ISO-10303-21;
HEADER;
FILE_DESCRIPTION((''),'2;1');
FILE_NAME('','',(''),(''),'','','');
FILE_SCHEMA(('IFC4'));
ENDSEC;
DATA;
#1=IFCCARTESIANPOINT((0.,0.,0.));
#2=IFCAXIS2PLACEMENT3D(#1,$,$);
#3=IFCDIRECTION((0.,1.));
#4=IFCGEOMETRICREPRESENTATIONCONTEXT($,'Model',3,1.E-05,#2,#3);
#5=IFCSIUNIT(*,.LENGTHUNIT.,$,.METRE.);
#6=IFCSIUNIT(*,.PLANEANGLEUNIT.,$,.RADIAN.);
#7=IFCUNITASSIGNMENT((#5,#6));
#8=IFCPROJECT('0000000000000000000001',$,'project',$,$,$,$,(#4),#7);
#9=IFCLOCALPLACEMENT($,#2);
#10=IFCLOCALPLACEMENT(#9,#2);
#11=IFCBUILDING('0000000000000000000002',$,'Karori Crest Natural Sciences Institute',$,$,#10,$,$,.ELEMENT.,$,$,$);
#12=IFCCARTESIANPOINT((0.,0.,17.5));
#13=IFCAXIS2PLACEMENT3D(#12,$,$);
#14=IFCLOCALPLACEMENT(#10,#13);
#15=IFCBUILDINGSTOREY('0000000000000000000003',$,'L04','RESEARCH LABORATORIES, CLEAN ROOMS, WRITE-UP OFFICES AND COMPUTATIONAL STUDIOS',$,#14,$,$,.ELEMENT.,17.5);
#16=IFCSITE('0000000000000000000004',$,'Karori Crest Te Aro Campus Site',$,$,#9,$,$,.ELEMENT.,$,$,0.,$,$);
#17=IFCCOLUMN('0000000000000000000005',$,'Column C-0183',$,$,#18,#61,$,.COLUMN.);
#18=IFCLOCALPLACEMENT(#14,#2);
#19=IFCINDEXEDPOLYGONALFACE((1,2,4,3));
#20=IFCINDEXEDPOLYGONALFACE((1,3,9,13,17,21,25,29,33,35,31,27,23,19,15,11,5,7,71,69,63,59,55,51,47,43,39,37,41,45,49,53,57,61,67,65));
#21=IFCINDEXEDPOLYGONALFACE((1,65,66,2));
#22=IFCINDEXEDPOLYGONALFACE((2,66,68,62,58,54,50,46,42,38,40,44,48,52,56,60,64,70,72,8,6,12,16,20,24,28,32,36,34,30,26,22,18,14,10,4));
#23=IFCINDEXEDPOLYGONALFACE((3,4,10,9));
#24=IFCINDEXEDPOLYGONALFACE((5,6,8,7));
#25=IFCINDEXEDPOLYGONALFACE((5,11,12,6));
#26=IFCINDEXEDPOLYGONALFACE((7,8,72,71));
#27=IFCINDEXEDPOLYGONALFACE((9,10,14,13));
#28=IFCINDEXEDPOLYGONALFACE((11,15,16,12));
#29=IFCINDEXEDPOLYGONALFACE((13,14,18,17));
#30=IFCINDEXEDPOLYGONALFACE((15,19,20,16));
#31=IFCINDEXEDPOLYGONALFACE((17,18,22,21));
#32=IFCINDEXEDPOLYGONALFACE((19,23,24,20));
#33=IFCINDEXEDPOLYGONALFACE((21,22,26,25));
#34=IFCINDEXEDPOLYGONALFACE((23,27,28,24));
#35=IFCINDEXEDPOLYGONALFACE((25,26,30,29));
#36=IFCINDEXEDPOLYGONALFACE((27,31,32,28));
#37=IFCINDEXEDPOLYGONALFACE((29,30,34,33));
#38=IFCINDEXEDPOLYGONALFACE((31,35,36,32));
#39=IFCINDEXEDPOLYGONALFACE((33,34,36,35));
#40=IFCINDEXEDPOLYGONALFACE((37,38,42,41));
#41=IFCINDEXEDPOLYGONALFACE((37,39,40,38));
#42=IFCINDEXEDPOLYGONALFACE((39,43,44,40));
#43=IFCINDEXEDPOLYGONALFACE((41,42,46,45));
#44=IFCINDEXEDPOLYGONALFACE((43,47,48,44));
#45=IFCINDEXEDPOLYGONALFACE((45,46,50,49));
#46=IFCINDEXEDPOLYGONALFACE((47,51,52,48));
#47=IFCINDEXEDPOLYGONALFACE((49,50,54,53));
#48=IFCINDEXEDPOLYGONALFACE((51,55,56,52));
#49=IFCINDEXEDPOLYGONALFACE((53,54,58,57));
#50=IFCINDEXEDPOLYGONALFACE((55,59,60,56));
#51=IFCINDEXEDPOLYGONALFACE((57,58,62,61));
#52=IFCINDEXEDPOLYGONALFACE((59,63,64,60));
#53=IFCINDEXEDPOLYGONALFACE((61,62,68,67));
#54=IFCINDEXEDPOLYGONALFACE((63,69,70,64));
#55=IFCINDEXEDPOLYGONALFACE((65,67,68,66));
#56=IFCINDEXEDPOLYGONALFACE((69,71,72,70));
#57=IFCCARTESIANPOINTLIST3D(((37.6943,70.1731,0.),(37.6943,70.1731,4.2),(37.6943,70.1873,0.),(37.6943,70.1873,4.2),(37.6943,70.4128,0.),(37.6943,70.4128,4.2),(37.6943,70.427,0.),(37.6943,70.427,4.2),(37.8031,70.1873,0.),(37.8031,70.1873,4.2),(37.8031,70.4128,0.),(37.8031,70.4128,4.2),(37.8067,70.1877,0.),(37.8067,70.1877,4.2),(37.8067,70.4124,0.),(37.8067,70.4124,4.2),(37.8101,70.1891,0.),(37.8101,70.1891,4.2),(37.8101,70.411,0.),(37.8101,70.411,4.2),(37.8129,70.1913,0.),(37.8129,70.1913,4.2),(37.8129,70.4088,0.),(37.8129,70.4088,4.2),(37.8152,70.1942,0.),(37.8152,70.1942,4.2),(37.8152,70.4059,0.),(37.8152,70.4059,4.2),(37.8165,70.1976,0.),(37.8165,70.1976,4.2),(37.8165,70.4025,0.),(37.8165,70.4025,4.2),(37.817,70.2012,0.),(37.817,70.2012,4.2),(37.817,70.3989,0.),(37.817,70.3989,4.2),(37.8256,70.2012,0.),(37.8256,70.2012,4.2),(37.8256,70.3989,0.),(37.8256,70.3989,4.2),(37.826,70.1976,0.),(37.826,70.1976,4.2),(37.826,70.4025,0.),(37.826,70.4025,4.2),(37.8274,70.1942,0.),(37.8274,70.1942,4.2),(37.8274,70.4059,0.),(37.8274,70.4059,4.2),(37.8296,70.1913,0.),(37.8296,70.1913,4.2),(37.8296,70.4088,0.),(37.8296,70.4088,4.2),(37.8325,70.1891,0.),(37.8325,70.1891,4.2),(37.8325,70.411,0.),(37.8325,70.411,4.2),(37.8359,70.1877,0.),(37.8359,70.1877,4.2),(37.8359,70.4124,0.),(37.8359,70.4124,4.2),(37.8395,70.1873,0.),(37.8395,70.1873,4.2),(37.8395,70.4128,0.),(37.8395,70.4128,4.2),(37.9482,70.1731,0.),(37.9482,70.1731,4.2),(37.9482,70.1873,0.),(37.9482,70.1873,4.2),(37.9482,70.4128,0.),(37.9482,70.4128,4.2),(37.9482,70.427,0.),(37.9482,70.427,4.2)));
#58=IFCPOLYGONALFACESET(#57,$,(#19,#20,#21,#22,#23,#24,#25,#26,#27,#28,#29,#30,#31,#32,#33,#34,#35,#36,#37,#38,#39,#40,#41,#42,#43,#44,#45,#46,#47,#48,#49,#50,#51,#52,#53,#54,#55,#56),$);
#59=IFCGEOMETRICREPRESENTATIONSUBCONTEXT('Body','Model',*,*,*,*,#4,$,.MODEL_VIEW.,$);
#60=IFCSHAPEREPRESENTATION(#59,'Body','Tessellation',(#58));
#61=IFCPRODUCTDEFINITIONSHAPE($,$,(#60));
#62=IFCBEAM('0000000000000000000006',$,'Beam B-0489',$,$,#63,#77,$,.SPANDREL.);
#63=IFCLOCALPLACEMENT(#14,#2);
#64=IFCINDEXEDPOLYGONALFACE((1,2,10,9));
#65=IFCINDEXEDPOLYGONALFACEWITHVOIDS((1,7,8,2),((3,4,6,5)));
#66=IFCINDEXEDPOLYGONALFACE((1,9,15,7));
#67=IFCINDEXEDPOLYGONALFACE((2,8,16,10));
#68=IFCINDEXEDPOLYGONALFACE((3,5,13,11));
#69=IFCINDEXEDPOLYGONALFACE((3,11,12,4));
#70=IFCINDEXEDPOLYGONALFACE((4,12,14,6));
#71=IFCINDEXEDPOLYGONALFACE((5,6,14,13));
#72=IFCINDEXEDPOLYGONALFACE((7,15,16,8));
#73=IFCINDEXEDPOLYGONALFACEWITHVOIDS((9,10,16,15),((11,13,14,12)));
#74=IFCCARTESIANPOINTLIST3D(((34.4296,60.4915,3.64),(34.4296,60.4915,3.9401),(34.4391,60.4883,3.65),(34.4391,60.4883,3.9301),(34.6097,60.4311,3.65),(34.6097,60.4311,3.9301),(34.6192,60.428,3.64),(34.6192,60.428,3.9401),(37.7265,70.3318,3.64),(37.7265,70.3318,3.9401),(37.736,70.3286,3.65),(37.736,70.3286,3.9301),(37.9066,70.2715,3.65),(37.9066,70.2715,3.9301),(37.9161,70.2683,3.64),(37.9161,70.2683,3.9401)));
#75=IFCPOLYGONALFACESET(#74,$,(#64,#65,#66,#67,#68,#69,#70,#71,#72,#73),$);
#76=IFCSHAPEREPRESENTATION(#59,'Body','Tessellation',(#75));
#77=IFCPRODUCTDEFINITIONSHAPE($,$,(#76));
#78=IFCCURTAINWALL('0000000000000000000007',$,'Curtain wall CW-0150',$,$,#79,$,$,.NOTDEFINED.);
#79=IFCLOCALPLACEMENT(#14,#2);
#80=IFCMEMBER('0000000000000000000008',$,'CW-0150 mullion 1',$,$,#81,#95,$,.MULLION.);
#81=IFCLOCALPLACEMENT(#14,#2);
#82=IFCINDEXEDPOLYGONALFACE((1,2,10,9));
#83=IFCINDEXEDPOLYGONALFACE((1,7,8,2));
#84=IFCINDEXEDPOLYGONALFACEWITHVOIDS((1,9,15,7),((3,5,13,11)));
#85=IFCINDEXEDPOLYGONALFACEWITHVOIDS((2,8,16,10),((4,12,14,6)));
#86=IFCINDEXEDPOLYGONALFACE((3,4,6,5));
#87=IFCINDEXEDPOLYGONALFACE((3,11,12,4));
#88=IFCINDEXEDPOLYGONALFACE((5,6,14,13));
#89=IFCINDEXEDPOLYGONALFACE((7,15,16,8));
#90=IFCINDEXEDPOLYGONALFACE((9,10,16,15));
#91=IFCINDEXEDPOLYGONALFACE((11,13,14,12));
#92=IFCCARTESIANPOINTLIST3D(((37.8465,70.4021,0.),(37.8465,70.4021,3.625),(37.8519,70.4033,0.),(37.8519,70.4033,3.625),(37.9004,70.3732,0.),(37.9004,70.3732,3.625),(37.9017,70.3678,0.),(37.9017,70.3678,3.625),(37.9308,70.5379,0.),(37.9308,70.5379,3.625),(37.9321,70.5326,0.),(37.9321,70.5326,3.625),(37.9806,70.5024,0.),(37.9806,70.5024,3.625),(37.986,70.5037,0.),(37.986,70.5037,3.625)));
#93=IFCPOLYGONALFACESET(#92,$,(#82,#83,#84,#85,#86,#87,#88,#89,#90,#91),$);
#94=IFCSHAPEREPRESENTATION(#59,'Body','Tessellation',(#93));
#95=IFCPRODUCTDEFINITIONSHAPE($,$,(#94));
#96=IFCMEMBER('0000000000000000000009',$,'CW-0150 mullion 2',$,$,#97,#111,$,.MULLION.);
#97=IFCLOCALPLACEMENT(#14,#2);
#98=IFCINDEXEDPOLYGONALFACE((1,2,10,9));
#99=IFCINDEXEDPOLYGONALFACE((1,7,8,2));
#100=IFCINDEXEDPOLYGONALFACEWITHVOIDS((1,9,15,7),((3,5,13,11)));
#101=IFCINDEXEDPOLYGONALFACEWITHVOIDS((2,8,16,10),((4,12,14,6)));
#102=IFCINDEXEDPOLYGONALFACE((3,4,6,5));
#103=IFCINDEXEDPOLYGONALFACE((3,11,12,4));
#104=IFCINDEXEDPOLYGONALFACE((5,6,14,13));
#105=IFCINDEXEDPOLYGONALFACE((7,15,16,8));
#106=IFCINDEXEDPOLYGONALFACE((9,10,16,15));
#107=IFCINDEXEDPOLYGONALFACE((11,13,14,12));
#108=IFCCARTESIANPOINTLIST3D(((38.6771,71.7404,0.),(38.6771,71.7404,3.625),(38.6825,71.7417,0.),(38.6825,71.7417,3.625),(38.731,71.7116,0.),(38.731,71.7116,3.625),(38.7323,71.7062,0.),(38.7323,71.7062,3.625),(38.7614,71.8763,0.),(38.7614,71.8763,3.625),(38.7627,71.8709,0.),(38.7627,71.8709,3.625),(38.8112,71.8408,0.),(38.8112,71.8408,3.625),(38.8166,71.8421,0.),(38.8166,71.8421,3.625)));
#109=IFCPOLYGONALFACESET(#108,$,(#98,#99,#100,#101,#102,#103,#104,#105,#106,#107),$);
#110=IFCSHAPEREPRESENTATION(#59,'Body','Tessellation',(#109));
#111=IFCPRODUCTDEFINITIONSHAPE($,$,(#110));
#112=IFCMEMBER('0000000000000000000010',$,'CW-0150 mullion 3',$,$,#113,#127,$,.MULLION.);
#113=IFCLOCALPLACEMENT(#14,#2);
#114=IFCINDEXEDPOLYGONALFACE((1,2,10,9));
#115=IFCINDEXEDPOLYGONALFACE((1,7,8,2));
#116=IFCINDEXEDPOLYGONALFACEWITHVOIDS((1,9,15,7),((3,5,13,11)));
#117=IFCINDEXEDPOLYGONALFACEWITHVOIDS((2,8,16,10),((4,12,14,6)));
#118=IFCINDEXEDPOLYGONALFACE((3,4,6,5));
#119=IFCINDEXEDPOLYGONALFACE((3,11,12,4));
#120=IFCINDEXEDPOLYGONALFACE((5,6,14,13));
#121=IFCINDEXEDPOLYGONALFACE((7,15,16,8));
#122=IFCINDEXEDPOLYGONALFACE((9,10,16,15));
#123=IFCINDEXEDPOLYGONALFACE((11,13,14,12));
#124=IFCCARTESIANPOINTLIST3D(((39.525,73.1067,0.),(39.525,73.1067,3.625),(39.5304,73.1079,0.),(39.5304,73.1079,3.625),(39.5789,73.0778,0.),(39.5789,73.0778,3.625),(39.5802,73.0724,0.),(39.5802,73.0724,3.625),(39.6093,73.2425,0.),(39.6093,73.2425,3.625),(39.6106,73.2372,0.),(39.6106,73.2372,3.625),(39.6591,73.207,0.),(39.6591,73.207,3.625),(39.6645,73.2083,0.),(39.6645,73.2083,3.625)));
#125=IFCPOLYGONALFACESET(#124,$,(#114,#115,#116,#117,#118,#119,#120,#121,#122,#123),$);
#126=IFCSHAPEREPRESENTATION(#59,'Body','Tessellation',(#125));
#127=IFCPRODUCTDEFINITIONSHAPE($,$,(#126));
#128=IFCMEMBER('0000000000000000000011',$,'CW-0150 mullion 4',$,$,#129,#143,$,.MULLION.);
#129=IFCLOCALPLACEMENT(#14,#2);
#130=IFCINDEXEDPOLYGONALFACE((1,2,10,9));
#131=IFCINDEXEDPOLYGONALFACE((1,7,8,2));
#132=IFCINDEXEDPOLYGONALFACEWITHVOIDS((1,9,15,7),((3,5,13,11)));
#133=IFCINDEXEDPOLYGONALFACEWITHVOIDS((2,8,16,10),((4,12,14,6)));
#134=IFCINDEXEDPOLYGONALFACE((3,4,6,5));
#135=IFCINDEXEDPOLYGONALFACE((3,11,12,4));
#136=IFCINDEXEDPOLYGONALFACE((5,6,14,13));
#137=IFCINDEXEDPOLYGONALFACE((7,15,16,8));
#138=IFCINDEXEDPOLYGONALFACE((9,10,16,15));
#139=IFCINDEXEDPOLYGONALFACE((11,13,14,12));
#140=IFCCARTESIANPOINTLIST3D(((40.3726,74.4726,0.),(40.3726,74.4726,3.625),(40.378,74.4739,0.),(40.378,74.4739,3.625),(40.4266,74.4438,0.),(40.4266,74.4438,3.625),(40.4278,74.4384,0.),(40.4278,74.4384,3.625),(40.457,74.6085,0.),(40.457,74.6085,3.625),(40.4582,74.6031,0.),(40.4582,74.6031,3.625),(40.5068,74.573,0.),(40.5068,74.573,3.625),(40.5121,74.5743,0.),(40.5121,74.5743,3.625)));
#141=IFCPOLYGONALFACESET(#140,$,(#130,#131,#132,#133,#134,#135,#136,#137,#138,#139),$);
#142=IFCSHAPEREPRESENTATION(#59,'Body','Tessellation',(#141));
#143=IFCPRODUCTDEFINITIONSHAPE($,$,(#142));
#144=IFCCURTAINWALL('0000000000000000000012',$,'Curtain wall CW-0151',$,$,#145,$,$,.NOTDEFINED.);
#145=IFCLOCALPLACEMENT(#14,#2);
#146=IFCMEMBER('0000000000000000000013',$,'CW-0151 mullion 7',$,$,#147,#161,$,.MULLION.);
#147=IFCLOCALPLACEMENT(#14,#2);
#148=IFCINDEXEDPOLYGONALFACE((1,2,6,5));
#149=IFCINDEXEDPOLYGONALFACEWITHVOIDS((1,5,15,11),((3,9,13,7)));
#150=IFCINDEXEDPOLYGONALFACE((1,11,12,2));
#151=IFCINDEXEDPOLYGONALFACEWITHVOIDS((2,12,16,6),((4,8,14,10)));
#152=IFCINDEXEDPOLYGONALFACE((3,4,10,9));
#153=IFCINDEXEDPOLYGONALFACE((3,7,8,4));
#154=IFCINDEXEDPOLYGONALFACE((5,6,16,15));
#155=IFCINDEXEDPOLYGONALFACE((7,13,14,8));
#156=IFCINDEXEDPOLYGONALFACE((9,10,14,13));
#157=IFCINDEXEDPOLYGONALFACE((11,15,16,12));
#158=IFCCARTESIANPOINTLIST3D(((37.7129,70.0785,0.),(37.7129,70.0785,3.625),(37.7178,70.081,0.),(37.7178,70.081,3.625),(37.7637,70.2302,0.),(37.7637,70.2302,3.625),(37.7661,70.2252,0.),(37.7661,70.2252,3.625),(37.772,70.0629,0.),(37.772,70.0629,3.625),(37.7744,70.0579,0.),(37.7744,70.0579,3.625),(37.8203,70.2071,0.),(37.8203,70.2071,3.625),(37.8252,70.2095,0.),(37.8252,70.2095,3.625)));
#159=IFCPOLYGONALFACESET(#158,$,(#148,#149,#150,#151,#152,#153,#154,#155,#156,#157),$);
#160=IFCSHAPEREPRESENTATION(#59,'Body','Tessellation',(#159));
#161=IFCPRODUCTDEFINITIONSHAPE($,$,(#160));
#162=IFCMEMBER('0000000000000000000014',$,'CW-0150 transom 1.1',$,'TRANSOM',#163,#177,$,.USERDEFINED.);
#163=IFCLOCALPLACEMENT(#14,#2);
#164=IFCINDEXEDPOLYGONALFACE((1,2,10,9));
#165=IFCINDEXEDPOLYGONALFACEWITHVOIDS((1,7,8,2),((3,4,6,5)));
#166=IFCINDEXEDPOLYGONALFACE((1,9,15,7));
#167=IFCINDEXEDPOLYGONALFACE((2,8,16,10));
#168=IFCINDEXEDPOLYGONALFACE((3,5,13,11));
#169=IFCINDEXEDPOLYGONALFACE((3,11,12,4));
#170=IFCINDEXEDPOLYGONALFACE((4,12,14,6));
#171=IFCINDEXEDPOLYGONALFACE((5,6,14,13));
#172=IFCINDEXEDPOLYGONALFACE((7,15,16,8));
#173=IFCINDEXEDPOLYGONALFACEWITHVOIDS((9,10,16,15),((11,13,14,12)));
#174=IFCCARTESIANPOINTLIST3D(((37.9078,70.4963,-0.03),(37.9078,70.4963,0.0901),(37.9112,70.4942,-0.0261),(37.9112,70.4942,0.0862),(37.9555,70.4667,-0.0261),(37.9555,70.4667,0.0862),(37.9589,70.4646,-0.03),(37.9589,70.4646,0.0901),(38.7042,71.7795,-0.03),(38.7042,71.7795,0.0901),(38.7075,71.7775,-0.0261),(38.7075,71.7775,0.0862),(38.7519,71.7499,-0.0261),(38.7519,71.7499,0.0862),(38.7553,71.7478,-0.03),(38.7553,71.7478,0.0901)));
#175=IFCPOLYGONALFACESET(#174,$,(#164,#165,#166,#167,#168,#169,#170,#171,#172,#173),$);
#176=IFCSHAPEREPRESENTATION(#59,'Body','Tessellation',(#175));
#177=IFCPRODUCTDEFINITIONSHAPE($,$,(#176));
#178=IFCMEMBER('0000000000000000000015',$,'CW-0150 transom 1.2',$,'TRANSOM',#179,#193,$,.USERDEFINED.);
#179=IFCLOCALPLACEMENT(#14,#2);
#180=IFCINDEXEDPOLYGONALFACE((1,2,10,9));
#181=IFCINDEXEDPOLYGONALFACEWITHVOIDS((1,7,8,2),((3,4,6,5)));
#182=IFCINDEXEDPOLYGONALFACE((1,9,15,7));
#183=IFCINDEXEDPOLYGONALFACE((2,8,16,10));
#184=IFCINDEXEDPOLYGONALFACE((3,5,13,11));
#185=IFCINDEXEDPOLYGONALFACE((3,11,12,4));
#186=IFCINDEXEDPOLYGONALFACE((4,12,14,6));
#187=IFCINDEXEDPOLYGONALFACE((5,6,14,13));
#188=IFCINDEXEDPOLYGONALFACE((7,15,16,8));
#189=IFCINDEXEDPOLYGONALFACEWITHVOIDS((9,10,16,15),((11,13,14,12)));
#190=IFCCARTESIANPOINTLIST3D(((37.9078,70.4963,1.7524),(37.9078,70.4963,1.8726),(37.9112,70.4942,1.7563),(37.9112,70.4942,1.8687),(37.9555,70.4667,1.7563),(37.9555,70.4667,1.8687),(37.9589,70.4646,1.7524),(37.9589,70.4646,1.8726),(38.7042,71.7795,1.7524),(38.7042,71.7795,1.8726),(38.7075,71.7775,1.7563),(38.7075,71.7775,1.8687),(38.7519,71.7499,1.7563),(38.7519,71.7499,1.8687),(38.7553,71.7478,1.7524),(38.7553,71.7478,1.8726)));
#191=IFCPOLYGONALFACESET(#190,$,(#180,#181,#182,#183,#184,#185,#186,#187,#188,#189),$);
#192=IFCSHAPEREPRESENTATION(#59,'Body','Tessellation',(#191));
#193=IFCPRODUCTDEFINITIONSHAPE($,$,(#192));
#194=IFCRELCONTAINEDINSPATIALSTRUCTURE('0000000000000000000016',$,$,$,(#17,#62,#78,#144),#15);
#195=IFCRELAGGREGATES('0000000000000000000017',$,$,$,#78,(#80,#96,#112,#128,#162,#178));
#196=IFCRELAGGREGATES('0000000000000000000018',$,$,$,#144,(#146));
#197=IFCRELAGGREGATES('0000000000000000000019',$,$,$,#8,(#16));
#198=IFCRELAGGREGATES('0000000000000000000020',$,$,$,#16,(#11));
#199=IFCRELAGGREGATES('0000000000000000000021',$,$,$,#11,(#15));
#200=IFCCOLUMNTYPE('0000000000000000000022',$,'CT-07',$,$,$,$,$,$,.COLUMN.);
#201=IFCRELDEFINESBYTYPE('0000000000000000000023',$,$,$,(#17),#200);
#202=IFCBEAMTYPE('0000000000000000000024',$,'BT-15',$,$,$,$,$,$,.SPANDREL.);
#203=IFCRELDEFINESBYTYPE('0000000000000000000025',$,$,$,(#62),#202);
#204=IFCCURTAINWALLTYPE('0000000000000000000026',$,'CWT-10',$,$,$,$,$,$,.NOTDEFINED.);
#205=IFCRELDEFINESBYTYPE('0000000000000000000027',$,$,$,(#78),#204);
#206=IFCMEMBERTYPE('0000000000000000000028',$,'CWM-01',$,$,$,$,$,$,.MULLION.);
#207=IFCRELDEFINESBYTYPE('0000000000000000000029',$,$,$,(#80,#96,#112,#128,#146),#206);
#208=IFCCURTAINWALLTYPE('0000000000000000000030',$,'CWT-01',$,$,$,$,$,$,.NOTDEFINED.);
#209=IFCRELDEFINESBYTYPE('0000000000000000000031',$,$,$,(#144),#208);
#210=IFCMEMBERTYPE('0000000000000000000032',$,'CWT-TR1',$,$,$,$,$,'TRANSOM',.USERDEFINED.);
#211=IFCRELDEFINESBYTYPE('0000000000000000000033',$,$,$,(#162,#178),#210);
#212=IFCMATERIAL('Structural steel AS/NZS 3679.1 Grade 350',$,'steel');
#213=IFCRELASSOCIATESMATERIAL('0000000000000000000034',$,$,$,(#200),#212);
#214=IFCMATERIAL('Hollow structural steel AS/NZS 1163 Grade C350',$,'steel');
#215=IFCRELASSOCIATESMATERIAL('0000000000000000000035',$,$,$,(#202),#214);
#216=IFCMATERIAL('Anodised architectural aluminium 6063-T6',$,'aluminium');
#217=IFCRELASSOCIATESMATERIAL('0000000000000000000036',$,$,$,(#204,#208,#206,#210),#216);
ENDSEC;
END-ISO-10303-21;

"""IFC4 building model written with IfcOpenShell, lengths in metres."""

from ifc_helpers import new_model, si_unit, direction, frame, origin, origin_2d, place, context, subcontext, project, spatial, hollow_rectangle, i_section, extrude, material, material_profile, profile_set, type_object, element, aggregate, save


model = new_model("IFC4")

# Units and contexts
model_context = context("Model", 3, precision=1e-05, world=origin(), true_north=direction((0.0, 1.0)))
body_context = subcontext(model_context, "Body", "Model", "MODEL_VIEW")
ifc_project = project(units=[si_unit("LENGTHUNIT", "METRE"), si_unit("PLANEANGLEUNIT", "RADIAN")], contexts=[model_context])

# Site, building, storey
site_placement = place(None, origin())
site = spatial("IfcSite", under=ifc_project, at=site_placement, Name="Karori Crest Te Aro Campus Site", CompositionType="ELEMENT", RefElevation=0.0)
building_placement = place(site_placement, origin())
building = spatial("IfcBuilding", under=site, at=building_placement, Name="Karori Crest Natural Sciences Institute", CompositionType="ELEMENT")
storey_placement = place(building_placement, frame((0.0, 0.0, 17.5)))
storey = spatial("IfcBuildingStorey", under=building, at=storey_placement, Name="L04", Description="RESEARCH LABORATORIES, CLEAN ROOMS, WRITE-UP OFFICES AND COMPUTATIONAL STUDIOS", CompositionType="ELEMENT", Elevation=17.5)

# Column
ifc_material_1 = material(Name="Structural steel AS/NZS 3679.1 Grade 350", Category="steel")
ifc_material_profile_1 = material_profile(ifc_material_1, i_section(OverallWidth=0.2539, OverallDepth=0.2539, WebThickness=0.0085, FlangeThickness=0.0142, FilletRadius=0.0139, at=origin_2d()), Name="250UC72.9")
ifc_profile_set_1 = profile_set([ifc_material_profile_1], Name="Structural steel AS/NZS 3679.1 Grade 350")
column_type = type_object("IfcColumnType", Name="CT-07", PredefinedType="COLUMN", material=ifc_profile_set_1)
column_placement = place(storey_placement, frame((37.8213, 70.3, 0.0), z_axis=(0.0, 0.0, 1.0), x_axis=(1.0, 0.0, 0.0)))
element("IfcColumn", 1, at=column_placement, inside=storey, type_object=column_type, Name="Column C-0183", PredefinedType="COLUMN", context=body_context, shape_type="SweptSolid", body=[
    extrude(i_section(OverallWidth=0.2539, OverallDepth=0.2539, WebThickness=0.0085, FlangeThickness=0.0142, FilletRadius=0.0139, at=origin_2d()), origin(), (0.0, 0.0, 1.0), 4.2),
])

# Beam
ifc_material_2 = material(Name="Hollow structural steel AS/NZS 1163 Grade C350", Category="steel")
ifc_material_profile_2 = material_profile(ifc_material_2, hollow_rectangle(XDim=0.2, YDim=0.3, WallThickness=0.01, at=origin_2d()), Name="RHS300x200x10")
ifc_profile_set_2 = profile_set([ifc_material_profile_2], Name="Hollow structural steel AS/NZS 1163 Grade C350")
beam_type = type_object("IfcBeamType", Name="BT-15", PredefinedType="SPANDREL", material=ifc_profile_set_2)
beam_placement = place(storey_placement, frame((37.8213, 70.3, 3.79), z_axis=(-0.317681, -0.948198, 0.0), x_axis=(0.948198, -0.317681, 0.0)))
element("IfcBeam", 2, at=beam_placement, inside=storey, type_object=beam_type, Name="Beam B-0489", PredefinedType="SPANDREL", context=body_context, shape_type="SweptSolid", body=[
    extrude(hollow_rectangle(XDim=0.2, YDim=0.3, WallThickness=0.01, at=origin_2d()), origin(), (0.0, 0.0, 1.0), 10.3779),
])

# Curtain wall, members
ifc_material_3 = material(Name="Anodised architectural aluminium 6063-T6", Category="aluminium")
curtain_wall_type_1 = type_object("IfcCurtainWallType", Name="CWT-10", PredefinedType="NOTDEFINED", material=ifc_material_3)
curtain_wall_1_placement = place(storey_placement, origin())
curtain_wall_1 = element("IfcCurtainWall", 3, at=curtain_wall_1_placement, inside=storey, type_object=curtain_wall_type_1, Name="Curtain wall CW-0150", PredefinedType="NOTDEFINED")
ifc_material_profile_3 = material_profile(ifc_material_3, hollow_rectangle(XDim=0.0649, YDim=0.1599, WallThickness=0.0039, at=origin_2d()), Name="CWM160x65x4")
ifc_profile_set_3 = profile_set([ifc_material_profile_3], Name="Anodised architectural aluminium 6063-T6")
member_type_1 = type_object("IfcMemberType", Name="CWM-01", PredefinedType="MULLION", material=ifc_profile_set_3)
member_1_placement = place(storey_placement, frame((37.9163, 70.4529, 0.0), z_axis=(0.0, 0.0, 1.0), x_axis=(-0.849664, 0.527324, 0.0)))
member_1 = element("IfcMember", 4, at=member_1_placement, type_object=member_type_1, Name="CW-0150 mullion 1", PredefinedType="MULLION", context=body_context, shape_type="SweptSolid", body=[
    extrude(hollow_rectangle(XDim=0.0649, YDim=0.1599, WallThickness=0.0039, at=origin_2d()), origin(), (0.0, 0.0, 1.0), 3.625),
])
member_2_placement = place(storey_placement, frame((38.7468, 71.7913, 0.0), z_axis=(0.0, 0.0, 1.0), x_axis=(-0.849664, 0.527324, 0.0)))
member_2 = element("IfcMember", 5, at=member_2_placement, type_object=member_type_1, Name="CW-0150 mullion 2", PredefinedType="MULLION", context=body_context, shape_type="SweptSolid", body=[
    extrude(hollow_rectangle(XDim=0.0649, YDim=0.1599, WallThickness=0.0039, at=origin_2d()), origin(), (0.0, 0.0, 1.0), 3.625),
])
member_3_placement = place(storey_placement, frame((39.5947, 73.1575, 0.0), z_axis=(0.0, 0.0, 1.0), x_axis=(-0.849664, 0.527324, 0.0)))
member_3 = element("IfcMember", 6, at=member_3_placement, type_object=member_type_1, Name="CW-0150 mullion 3", PredefinedType="MULLION", context=body_context, shape_type="SweptSolid", body=[
    extrude(hollow_rectangle(XDim=0.0649, YDim=0.1599, WallThickness=0.0039, at=origin_2d()), origin(), (0.0, 0.0, 1.0), 3.625),
])
member_4_placement = place(storey_placement, frame((40.4424, 74.5234, 0.0), z_axis=(0.0, 0.0, 1.0), x_axis=(-0.849664, 0.527324, 0.0)))
member_4 = element("IfcMember", 7, at=member_4_placement, type_object=member_type_1, Name="CW-0150 mullion 4", PredefinedType="MULLION", context=body_context, shape_type="SweptSolid", body=[
    extrude(hollow_rectangle(XDim=0.0649, YDim=0.1599, WallThickness=0.0039, at=origin_2d()), origin(), (0.0, 0.0, 1.0), 3.625),
])

# Curtain wall, member
curtain_wall_type_2 = type_object("IfcCurtainWallType", Name="CWT-01", PredefinedType="NOTDEFINED", material=ifc_material_3)
curtain_wall_2_placement = place(storey_placement, origin())
curtain_wall_2 = element("IfcCurtainWall", 8, at=curtain_wall_2_placement, inside=storey, type_object=curtain_wall_type_2, Name="Curtain wall CW-0151", PredefinedType="NOTDEFINED")
member_5_placement = place(storey_placement, frame((37.769, 70.144, 0.0), z_axis=(0.0, 0.0, 1.0), x_axis=(-0.948198, 0.31768, 0.0)))
member_5 = element("IfcMember", 9, at=member_5_placement, type_object=member_type_1, Name="CW-0151 mullion 7", PredefinedType="MULLION", context=body_context, shape_type="SweptSolid", body=[
    extrude(hollow_rectangle(XDim=0.0649, YDim=0.1599, WallThickness=0.0039, at=origin_2d()), origin(), (0.0, 0.0, 1.0), 3.625),
])

# Members
ifc_material_profile_4 = material_profile(ifc_material_3, hollow_rectangle(XDim=0.0601, YDim=0.1201, WallThickness=0.0039, at=origin_2d()), Name="CWT120x60x4")
ifc_profile_set_4 = profile_set([ifc_material_profile_4], Name="Anodised architectural aluminium 6063-T6")
member_type_2 = type_object("IfcMemberType", Name="CWT-TR1", ElementType="TRANSOM", PredefinedType="USERDEFINED", material=ifc_profile_set_4)
member_6_placement = place(storey_placement, frame((37.9333, 70.4805, 0.03), z_axis=(0.527323, 0.849665, 0.0), x_axis=(-0.849665, 0.527323, 0.0)))
member_6 = element("IfcMember", 10, at=member_6_placement, type_object=member_type_2, Name="CW-0150 transom 1.1", ObjectType="TRANSOM", PredefinedType="USERDEFINED", context=body_context, shape_type="SweptSolid", body=[
    extrude(hollow_rectangle(XDim=0.0601, YDim=0.1201, WallThickness=0.0039, at=origin_2d()), origin(), (0.0, 0.0, 1.0), 1.5103),
])
member_7_placement = place(storey_placement, frame((37.9333, 70.4805, 1.8125), z_axis=(0.527323, 0.849665, 0.0), x_axis=(-0.849665, 0.527323, 0.0)))
member_7 = element("IfcMember", 11, at=member_7_placement, type_object=member_type_2, Name="CW-0150 transom 1.2", ObjectType="TRANSOM", PredefinedType="USERDEFINED", context=body_context, shape_type="SweptSolid", body=[
    extrude(hollow_rectangle(XDim=0.0601, YDim=0.1201, WallThickness=0.0039, at=origin_2d()), origin(), (0.0, 0.0, 1.0), 1.5103),
])

aggregate(curtain_wall_1, [member_1, member_2, member_3, member_4, member_6, member_7])
aggregate(curtain_wall_2, [member_5])

save(model, "model.ifc")
